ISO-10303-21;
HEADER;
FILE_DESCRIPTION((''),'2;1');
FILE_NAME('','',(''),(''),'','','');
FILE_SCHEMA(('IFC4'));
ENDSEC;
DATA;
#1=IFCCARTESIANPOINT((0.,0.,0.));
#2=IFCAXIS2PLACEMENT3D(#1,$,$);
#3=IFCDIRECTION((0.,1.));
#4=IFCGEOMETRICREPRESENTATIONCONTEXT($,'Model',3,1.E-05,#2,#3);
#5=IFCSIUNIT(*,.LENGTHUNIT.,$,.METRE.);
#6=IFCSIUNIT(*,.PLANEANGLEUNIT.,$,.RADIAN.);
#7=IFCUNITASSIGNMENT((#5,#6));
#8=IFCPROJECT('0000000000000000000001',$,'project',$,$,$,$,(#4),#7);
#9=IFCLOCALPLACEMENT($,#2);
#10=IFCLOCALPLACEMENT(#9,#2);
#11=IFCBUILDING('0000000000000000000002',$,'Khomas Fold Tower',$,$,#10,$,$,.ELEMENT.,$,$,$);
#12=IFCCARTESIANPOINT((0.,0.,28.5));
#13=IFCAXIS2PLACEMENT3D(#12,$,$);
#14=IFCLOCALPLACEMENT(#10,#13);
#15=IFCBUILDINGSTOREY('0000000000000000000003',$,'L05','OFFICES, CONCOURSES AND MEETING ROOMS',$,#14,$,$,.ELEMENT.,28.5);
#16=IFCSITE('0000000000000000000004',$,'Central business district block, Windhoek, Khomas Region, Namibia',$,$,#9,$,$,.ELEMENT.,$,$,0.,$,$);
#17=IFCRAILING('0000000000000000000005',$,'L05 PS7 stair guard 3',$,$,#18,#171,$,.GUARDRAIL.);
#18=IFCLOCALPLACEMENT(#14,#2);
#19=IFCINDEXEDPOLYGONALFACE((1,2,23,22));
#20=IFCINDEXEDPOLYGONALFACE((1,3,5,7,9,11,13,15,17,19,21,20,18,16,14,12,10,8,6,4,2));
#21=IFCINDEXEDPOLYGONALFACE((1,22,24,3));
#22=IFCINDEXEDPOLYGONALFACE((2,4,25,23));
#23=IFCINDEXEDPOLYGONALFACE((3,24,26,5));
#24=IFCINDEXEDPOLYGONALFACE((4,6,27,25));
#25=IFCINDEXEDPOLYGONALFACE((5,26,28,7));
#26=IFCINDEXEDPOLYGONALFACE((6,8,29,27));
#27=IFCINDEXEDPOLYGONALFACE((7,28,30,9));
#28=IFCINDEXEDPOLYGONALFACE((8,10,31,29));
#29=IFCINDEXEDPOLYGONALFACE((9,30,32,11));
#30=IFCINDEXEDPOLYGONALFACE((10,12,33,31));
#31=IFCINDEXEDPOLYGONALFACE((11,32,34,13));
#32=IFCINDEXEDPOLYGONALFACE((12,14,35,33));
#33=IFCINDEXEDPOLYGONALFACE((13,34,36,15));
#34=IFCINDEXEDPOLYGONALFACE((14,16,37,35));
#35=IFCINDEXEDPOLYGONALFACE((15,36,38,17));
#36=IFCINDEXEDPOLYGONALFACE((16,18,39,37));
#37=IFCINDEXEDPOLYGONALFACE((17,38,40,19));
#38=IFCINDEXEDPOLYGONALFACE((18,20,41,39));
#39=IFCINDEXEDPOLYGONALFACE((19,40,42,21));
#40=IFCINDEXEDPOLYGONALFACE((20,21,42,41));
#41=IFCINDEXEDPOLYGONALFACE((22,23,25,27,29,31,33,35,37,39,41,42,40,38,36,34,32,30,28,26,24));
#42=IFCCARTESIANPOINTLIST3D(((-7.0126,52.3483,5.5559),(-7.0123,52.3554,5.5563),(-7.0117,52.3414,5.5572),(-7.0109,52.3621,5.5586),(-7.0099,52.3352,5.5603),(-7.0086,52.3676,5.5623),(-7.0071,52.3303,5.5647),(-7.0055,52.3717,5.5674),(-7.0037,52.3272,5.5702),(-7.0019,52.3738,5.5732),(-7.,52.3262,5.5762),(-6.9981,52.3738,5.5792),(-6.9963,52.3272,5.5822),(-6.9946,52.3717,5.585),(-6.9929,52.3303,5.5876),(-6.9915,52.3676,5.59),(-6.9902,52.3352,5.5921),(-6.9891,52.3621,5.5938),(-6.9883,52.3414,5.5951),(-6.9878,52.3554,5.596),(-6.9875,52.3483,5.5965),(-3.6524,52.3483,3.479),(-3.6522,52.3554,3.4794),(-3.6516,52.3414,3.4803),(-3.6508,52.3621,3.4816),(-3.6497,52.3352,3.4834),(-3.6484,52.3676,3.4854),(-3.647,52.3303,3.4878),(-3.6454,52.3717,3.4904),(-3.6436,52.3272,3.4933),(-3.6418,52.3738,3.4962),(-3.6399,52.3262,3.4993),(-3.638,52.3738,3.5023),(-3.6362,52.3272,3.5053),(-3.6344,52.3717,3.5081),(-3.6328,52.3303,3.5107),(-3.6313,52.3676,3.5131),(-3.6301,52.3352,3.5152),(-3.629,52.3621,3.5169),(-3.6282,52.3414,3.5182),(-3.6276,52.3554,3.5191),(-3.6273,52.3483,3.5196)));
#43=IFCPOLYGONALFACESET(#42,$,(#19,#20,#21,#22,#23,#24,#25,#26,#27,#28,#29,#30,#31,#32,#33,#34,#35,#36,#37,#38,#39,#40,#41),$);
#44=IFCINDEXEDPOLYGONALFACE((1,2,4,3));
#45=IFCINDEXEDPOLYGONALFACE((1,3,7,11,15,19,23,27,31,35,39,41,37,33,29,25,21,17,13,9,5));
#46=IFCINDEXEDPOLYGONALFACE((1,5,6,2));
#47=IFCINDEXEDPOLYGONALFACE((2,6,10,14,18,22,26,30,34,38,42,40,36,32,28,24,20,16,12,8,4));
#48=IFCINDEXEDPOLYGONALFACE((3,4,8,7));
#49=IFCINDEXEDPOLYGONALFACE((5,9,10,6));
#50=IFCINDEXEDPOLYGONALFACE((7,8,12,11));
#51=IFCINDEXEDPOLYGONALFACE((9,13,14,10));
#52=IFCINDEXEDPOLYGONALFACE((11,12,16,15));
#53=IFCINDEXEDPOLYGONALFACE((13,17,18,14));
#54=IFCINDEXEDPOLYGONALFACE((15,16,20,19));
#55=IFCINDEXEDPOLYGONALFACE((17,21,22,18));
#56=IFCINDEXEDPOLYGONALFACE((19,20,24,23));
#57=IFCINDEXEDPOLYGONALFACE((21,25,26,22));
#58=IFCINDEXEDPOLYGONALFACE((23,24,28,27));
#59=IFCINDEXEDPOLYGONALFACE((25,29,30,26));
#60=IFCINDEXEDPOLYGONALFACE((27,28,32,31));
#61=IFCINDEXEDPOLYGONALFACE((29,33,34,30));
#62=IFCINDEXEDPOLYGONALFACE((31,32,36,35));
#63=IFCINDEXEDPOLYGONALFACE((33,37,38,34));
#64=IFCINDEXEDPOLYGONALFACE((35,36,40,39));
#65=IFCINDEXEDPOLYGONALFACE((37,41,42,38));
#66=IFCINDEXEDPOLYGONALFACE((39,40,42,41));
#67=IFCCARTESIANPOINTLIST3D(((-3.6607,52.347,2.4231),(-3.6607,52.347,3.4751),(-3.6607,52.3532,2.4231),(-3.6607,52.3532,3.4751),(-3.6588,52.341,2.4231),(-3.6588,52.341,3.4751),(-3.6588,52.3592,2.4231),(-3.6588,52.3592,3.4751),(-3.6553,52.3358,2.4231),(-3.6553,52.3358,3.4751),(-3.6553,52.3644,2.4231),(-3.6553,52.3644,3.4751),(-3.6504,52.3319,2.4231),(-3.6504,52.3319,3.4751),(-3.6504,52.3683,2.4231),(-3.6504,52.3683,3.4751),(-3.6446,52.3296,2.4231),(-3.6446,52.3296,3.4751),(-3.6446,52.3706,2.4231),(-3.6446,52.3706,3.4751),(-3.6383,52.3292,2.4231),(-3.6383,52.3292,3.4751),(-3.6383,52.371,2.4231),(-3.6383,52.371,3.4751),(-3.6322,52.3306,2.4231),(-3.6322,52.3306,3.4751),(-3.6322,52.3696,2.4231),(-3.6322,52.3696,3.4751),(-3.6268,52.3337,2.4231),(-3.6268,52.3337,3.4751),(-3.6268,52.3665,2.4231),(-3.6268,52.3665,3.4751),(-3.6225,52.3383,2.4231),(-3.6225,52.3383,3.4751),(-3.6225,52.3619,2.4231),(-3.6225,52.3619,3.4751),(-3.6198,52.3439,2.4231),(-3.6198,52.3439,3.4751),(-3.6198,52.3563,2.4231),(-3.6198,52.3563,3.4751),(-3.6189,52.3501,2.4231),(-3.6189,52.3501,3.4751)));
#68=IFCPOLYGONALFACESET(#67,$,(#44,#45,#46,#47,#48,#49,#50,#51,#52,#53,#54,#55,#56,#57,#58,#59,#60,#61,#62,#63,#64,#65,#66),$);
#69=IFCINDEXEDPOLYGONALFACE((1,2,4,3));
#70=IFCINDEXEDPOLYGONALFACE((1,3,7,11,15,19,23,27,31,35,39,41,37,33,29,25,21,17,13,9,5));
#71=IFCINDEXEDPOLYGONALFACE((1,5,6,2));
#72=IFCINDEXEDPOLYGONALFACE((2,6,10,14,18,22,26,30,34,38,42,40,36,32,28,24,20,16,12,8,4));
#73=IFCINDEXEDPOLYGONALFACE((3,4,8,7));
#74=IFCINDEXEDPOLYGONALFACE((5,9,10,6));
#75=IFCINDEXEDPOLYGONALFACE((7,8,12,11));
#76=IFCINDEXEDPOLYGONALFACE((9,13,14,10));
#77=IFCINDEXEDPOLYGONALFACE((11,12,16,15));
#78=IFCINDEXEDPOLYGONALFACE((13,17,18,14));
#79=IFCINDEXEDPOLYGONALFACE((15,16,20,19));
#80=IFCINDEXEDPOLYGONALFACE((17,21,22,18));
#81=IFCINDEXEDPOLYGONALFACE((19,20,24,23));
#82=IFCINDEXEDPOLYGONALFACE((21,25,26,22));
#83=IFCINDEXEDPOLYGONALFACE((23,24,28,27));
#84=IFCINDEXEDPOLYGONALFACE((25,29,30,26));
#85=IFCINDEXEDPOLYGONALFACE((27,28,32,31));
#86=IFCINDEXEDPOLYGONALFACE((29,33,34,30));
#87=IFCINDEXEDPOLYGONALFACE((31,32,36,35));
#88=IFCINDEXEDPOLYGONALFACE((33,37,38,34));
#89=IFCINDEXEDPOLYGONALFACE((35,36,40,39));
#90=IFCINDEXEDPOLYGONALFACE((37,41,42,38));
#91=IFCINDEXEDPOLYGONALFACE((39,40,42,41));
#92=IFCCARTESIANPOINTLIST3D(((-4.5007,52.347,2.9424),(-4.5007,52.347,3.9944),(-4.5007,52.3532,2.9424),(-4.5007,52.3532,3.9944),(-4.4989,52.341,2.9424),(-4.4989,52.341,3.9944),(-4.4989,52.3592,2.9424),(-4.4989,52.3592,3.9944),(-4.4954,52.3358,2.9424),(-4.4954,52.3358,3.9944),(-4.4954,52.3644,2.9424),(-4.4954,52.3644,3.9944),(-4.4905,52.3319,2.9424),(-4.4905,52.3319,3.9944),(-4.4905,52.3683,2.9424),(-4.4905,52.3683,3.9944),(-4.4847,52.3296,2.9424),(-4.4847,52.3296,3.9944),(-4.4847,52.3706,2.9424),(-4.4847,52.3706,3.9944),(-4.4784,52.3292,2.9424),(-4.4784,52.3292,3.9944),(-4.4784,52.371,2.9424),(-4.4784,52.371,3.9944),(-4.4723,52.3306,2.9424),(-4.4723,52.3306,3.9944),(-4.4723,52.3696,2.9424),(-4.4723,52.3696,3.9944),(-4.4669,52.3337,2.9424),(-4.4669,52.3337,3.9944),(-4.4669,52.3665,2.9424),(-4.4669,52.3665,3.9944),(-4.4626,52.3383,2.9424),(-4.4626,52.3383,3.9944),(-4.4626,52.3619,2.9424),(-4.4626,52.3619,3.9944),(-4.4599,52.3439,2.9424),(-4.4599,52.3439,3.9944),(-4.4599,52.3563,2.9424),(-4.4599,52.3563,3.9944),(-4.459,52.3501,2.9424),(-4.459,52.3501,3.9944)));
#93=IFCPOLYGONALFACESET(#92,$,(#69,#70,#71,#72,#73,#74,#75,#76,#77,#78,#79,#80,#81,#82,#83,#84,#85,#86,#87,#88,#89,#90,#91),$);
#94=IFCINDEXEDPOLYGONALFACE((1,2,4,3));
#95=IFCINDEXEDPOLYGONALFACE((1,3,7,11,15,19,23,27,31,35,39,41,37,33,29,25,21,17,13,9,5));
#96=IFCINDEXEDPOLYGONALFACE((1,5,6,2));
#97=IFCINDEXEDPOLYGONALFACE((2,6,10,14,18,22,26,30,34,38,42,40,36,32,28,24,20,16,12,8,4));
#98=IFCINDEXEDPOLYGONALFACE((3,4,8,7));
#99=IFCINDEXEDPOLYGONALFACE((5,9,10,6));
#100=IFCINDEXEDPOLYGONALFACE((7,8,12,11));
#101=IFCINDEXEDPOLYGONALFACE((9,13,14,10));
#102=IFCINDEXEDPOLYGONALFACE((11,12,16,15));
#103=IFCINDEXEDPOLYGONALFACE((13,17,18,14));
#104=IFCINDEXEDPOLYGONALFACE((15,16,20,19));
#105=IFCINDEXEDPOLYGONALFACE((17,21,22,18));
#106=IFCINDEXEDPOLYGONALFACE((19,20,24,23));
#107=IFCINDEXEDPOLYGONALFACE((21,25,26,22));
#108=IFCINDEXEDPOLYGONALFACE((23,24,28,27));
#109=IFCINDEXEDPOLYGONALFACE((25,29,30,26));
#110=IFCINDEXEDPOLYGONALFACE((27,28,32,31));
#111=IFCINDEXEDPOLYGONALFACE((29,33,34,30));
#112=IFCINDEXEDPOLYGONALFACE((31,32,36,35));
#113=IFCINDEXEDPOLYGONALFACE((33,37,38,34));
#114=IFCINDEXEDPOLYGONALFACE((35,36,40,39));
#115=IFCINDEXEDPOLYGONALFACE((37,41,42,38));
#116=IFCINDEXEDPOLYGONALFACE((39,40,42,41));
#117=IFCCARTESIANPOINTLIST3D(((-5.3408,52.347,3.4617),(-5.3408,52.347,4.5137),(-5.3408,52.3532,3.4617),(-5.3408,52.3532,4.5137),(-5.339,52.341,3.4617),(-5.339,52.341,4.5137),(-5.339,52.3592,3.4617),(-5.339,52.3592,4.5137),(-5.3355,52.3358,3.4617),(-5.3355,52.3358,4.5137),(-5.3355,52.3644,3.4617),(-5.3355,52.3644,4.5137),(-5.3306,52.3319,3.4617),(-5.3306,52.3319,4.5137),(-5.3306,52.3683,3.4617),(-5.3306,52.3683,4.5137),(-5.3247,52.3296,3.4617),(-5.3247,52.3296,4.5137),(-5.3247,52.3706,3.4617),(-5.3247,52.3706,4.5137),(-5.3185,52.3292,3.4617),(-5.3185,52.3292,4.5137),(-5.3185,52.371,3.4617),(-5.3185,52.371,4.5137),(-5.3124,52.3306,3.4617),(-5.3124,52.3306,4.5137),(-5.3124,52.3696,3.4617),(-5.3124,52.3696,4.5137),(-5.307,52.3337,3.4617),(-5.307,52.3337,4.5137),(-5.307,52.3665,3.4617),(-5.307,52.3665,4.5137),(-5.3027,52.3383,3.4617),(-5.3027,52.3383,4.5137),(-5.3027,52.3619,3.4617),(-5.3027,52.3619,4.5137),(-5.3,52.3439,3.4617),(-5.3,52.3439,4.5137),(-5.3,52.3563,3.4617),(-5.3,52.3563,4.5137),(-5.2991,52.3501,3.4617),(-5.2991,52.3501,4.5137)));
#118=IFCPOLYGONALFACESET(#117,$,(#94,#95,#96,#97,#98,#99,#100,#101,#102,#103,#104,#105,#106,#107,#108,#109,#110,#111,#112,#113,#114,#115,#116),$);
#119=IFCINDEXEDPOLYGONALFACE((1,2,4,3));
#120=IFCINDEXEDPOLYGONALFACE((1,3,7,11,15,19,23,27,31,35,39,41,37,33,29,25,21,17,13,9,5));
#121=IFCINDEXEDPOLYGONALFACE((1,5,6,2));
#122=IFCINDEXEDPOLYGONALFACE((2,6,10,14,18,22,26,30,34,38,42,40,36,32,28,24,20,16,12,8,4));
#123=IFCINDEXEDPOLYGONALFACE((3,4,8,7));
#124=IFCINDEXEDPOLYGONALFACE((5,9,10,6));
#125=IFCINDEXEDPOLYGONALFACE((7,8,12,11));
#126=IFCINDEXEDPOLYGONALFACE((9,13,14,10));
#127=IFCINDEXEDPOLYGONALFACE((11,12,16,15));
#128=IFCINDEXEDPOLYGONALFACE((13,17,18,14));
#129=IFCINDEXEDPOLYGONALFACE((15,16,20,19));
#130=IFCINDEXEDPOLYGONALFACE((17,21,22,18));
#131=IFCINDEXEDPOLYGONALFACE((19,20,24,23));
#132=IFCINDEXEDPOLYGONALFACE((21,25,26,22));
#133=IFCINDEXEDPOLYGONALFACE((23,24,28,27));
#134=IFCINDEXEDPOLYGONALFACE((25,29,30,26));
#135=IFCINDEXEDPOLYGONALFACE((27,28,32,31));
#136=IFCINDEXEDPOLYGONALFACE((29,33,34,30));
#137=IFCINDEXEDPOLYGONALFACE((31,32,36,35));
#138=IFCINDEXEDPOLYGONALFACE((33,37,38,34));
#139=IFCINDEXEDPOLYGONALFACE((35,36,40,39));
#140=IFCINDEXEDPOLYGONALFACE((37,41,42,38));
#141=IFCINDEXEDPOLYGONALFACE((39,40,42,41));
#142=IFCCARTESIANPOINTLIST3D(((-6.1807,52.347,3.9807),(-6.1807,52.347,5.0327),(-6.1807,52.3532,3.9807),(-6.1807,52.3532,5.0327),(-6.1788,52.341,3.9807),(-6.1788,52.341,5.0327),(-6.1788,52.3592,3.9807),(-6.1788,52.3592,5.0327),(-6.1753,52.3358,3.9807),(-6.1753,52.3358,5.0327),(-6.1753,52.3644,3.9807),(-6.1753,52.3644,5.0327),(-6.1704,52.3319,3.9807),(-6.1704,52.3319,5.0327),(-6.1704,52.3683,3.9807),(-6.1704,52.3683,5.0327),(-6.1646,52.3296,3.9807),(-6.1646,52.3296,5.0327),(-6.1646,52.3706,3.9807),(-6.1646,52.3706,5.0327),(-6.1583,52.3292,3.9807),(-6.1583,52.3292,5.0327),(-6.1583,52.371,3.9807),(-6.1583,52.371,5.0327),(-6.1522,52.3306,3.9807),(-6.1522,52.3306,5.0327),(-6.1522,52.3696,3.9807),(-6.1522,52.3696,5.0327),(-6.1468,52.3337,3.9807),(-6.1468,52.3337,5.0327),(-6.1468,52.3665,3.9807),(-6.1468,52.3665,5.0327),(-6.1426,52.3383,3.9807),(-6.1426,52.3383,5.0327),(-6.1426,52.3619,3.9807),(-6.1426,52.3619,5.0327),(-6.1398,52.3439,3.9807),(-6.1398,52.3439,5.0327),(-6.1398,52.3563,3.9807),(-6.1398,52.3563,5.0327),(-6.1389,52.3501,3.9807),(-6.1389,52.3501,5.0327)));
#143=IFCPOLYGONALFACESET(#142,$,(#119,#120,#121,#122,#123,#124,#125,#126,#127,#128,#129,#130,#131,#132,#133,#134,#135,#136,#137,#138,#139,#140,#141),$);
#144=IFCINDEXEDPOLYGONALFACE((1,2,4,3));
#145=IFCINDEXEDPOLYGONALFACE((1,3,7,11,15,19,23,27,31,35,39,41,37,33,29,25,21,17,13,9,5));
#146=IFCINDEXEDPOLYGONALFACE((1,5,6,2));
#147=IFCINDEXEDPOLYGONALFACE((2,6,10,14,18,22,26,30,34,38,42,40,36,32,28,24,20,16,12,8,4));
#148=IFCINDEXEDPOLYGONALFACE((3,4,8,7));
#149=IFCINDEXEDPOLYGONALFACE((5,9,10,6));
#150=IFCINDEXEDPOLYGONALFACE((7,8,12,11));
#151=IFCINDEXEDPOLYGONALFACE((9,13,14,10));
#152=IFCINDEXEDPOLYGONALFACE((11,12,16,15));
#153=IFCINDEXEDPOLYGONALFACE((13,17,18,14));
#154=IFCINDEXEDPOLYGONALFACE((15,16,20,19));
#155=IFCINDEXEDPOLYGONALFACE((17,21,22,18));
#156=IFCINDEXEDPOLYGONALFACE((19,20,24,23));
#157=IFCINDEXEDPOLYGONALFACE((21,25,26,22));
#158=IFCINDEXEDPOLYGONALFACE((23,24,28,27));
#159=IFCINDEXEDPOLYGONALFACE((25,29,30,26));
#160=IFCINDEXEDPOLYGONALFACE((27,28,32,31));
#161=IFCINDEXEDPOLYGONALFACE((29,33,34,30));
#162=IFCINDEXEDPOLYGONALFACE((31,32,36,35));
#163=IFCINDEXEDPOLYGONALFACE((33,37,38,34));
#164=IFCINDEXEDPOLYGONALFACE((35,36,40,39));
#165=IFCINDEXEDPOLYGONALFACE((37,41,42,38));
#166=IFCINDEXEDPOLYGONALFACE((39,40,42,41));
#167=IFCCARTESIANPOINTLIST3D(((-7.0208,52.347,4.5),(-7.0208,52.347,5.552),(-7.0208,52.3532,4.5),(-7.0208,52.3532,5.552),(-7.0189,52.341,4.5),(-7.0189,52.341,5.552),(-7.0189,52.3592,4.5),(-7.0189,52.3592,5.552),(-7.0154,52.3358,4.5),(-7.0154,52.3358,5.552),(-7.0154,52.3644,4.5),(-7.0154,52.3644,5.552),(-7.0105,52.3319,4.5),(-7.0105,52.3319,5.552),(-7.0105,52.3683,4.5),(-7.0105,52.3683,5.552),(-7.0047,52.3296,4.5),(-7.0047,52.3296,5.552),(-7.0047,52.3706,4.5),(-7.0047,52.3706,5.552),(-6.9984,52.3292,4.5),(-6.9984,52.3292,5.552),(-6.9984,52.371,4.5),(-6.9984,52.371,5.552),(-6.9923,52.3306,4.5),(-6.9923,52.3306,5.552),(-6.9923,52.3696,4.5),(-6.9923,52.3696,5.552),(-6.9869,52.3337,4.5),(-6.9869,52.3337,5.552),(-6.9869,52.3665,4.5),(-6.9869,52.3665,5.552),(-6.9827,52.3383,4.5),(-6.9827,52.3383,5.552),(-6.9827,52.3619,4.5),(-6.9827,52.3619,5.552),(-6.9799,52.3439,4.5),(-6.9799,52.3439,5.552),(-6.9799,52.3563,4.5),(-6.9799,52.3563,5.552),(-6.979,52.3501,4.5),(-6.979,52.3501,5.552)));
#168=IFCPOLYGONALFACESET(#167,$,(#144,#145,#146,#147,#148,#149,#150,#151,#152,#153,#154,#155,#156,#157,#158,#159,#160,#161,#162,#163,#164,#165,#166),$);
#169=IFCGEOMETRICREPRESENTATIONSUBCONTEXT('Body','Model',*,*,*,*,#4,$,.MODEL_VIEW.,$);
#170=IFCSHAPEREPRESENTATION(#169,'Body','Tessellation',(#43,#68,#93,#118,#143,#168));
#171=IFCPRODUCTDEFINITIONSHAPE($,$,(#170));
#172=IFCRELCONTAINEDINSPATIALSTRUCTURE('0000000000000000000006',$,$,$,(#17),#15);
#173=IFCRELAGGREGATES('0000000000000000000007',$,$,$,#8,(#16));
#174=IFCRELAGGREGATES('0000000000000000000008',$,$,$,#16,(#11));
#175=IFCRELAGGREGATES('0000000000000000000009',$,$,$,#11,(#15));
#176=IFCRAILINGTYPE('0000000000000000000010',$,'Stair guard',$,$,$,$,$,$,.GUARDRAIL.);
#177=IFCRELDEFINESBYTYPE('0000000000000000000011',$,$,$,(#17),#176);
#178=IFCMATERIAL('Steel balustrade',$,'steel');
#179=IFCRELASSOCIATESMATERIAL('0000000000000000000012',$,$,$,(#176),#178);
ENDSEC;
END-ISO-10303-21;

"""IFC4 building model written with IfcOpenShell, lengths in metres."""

from ifc_helpers import new_model, si_unit, direction, frame, origin, origin_2d, place, context, subcontext, project, spatial, circle, extrude, source, transform, mapped, material, type_object, element, save


model = new_model("IFC4")

# Units and contexts
model_context = context("Model", 3, precision=1e-05, world=origin(), true_north=direction((0.0, 1.0)))
body_context = subcontext(model_context, "Body", "Model", "MODEL_VIEW")
ifc_project = project(units=[si_unit("LENGTHUNIT", "METRE"), si_unit("PLANEANGLEUNIT", "RADIAN")], contexts=[model_context])

# Site, building, storey
site_placement = place(None, origin())
site = spatial("IfcSite", under=ifc_project, at=site_placement, Name="Central business district block, Windhoek, Khomas Region, Namibia", CompositionType="ELEMENT", RefElevation=0.0)
building_placement = place(site_placement, origin())
building = spatial("IfcBuilding", under=site, at=building_placement, Name="Khomas Fold Tower", CompositionType="ELEMENT")
storey_placement = place(building_placement, frame((0.0, 0.0, 28.5)))
storey = spatial("IfcBuildingStorey", under=building, at=storey_placement, Name="L05", Description="OFFICES, CONCOURSES AND MEETING ROOMS", CompositionType="ELEMENT", Elevation=28.5)

# Railing
ifc_material_1 = material(Name="Steel balustrade", Category="steel")
railing_type_1 = type_object("IfcRailingType", Name="Stair guard", PredefinedType="GUARDRAIL", material=ifc_material_1)
shared_shape_1 = source(origin(), body_context, "Body", "SweptSolid", [
    extrude(circle(Radius=0.0239, at=origin_2d()), frame((0.0, 0.0, 1.0762), z_axis=(-0.850623, 0.0, 0.525776), x_axis=(0.0, -1.0, 0.0)), (0.0, 0.0, 1.0), 3.9502),
    extrude(circle(Radius=0.021, at=origin_2d()), origin(), (0.0, 0.0, 1.0), 1.052),
    extrude(circle(Radius=0.021, at=origin_2d()), frame((-0.8401, 0.0, 0.5193)), (0.0, 0.0, 1.0), 1.052),
    extrude(circle(Radius=0.021, at=origin_2d()), frame((-1.6802, 0.0, 1.0386)), (0.0, 0.0, 1.0), 1.052),
    extrude(circle(Radius=0.021, at=origin_2d()), frame((-2.52, 0.0, 1.5576)), (0.0, 0.0, 1.0), 1.052),
    extrude(circle(Radius=0.021, at=origin_2d()), frame((-3.3601, 0.0, 2.0769)), (0.0, 0.0, 1.0), 1.052),
])
railing_1_placement = place(storey_placement, frame((-3.6399, 52.3501, 2.4231)))
element("IfcRailing", 1, at=railing_1_placement, inside=storey, type_object=railing_type_1, Name="L05 PS7 stair guard 3", PredefinedType="GUARDRAIL", context=body_context, shape_type="MappedRepresentation", body=[
    mapped(shared_shape_1, transform((0.0, 0.0, 0.0))),
])

save(model, "model.ifc")
